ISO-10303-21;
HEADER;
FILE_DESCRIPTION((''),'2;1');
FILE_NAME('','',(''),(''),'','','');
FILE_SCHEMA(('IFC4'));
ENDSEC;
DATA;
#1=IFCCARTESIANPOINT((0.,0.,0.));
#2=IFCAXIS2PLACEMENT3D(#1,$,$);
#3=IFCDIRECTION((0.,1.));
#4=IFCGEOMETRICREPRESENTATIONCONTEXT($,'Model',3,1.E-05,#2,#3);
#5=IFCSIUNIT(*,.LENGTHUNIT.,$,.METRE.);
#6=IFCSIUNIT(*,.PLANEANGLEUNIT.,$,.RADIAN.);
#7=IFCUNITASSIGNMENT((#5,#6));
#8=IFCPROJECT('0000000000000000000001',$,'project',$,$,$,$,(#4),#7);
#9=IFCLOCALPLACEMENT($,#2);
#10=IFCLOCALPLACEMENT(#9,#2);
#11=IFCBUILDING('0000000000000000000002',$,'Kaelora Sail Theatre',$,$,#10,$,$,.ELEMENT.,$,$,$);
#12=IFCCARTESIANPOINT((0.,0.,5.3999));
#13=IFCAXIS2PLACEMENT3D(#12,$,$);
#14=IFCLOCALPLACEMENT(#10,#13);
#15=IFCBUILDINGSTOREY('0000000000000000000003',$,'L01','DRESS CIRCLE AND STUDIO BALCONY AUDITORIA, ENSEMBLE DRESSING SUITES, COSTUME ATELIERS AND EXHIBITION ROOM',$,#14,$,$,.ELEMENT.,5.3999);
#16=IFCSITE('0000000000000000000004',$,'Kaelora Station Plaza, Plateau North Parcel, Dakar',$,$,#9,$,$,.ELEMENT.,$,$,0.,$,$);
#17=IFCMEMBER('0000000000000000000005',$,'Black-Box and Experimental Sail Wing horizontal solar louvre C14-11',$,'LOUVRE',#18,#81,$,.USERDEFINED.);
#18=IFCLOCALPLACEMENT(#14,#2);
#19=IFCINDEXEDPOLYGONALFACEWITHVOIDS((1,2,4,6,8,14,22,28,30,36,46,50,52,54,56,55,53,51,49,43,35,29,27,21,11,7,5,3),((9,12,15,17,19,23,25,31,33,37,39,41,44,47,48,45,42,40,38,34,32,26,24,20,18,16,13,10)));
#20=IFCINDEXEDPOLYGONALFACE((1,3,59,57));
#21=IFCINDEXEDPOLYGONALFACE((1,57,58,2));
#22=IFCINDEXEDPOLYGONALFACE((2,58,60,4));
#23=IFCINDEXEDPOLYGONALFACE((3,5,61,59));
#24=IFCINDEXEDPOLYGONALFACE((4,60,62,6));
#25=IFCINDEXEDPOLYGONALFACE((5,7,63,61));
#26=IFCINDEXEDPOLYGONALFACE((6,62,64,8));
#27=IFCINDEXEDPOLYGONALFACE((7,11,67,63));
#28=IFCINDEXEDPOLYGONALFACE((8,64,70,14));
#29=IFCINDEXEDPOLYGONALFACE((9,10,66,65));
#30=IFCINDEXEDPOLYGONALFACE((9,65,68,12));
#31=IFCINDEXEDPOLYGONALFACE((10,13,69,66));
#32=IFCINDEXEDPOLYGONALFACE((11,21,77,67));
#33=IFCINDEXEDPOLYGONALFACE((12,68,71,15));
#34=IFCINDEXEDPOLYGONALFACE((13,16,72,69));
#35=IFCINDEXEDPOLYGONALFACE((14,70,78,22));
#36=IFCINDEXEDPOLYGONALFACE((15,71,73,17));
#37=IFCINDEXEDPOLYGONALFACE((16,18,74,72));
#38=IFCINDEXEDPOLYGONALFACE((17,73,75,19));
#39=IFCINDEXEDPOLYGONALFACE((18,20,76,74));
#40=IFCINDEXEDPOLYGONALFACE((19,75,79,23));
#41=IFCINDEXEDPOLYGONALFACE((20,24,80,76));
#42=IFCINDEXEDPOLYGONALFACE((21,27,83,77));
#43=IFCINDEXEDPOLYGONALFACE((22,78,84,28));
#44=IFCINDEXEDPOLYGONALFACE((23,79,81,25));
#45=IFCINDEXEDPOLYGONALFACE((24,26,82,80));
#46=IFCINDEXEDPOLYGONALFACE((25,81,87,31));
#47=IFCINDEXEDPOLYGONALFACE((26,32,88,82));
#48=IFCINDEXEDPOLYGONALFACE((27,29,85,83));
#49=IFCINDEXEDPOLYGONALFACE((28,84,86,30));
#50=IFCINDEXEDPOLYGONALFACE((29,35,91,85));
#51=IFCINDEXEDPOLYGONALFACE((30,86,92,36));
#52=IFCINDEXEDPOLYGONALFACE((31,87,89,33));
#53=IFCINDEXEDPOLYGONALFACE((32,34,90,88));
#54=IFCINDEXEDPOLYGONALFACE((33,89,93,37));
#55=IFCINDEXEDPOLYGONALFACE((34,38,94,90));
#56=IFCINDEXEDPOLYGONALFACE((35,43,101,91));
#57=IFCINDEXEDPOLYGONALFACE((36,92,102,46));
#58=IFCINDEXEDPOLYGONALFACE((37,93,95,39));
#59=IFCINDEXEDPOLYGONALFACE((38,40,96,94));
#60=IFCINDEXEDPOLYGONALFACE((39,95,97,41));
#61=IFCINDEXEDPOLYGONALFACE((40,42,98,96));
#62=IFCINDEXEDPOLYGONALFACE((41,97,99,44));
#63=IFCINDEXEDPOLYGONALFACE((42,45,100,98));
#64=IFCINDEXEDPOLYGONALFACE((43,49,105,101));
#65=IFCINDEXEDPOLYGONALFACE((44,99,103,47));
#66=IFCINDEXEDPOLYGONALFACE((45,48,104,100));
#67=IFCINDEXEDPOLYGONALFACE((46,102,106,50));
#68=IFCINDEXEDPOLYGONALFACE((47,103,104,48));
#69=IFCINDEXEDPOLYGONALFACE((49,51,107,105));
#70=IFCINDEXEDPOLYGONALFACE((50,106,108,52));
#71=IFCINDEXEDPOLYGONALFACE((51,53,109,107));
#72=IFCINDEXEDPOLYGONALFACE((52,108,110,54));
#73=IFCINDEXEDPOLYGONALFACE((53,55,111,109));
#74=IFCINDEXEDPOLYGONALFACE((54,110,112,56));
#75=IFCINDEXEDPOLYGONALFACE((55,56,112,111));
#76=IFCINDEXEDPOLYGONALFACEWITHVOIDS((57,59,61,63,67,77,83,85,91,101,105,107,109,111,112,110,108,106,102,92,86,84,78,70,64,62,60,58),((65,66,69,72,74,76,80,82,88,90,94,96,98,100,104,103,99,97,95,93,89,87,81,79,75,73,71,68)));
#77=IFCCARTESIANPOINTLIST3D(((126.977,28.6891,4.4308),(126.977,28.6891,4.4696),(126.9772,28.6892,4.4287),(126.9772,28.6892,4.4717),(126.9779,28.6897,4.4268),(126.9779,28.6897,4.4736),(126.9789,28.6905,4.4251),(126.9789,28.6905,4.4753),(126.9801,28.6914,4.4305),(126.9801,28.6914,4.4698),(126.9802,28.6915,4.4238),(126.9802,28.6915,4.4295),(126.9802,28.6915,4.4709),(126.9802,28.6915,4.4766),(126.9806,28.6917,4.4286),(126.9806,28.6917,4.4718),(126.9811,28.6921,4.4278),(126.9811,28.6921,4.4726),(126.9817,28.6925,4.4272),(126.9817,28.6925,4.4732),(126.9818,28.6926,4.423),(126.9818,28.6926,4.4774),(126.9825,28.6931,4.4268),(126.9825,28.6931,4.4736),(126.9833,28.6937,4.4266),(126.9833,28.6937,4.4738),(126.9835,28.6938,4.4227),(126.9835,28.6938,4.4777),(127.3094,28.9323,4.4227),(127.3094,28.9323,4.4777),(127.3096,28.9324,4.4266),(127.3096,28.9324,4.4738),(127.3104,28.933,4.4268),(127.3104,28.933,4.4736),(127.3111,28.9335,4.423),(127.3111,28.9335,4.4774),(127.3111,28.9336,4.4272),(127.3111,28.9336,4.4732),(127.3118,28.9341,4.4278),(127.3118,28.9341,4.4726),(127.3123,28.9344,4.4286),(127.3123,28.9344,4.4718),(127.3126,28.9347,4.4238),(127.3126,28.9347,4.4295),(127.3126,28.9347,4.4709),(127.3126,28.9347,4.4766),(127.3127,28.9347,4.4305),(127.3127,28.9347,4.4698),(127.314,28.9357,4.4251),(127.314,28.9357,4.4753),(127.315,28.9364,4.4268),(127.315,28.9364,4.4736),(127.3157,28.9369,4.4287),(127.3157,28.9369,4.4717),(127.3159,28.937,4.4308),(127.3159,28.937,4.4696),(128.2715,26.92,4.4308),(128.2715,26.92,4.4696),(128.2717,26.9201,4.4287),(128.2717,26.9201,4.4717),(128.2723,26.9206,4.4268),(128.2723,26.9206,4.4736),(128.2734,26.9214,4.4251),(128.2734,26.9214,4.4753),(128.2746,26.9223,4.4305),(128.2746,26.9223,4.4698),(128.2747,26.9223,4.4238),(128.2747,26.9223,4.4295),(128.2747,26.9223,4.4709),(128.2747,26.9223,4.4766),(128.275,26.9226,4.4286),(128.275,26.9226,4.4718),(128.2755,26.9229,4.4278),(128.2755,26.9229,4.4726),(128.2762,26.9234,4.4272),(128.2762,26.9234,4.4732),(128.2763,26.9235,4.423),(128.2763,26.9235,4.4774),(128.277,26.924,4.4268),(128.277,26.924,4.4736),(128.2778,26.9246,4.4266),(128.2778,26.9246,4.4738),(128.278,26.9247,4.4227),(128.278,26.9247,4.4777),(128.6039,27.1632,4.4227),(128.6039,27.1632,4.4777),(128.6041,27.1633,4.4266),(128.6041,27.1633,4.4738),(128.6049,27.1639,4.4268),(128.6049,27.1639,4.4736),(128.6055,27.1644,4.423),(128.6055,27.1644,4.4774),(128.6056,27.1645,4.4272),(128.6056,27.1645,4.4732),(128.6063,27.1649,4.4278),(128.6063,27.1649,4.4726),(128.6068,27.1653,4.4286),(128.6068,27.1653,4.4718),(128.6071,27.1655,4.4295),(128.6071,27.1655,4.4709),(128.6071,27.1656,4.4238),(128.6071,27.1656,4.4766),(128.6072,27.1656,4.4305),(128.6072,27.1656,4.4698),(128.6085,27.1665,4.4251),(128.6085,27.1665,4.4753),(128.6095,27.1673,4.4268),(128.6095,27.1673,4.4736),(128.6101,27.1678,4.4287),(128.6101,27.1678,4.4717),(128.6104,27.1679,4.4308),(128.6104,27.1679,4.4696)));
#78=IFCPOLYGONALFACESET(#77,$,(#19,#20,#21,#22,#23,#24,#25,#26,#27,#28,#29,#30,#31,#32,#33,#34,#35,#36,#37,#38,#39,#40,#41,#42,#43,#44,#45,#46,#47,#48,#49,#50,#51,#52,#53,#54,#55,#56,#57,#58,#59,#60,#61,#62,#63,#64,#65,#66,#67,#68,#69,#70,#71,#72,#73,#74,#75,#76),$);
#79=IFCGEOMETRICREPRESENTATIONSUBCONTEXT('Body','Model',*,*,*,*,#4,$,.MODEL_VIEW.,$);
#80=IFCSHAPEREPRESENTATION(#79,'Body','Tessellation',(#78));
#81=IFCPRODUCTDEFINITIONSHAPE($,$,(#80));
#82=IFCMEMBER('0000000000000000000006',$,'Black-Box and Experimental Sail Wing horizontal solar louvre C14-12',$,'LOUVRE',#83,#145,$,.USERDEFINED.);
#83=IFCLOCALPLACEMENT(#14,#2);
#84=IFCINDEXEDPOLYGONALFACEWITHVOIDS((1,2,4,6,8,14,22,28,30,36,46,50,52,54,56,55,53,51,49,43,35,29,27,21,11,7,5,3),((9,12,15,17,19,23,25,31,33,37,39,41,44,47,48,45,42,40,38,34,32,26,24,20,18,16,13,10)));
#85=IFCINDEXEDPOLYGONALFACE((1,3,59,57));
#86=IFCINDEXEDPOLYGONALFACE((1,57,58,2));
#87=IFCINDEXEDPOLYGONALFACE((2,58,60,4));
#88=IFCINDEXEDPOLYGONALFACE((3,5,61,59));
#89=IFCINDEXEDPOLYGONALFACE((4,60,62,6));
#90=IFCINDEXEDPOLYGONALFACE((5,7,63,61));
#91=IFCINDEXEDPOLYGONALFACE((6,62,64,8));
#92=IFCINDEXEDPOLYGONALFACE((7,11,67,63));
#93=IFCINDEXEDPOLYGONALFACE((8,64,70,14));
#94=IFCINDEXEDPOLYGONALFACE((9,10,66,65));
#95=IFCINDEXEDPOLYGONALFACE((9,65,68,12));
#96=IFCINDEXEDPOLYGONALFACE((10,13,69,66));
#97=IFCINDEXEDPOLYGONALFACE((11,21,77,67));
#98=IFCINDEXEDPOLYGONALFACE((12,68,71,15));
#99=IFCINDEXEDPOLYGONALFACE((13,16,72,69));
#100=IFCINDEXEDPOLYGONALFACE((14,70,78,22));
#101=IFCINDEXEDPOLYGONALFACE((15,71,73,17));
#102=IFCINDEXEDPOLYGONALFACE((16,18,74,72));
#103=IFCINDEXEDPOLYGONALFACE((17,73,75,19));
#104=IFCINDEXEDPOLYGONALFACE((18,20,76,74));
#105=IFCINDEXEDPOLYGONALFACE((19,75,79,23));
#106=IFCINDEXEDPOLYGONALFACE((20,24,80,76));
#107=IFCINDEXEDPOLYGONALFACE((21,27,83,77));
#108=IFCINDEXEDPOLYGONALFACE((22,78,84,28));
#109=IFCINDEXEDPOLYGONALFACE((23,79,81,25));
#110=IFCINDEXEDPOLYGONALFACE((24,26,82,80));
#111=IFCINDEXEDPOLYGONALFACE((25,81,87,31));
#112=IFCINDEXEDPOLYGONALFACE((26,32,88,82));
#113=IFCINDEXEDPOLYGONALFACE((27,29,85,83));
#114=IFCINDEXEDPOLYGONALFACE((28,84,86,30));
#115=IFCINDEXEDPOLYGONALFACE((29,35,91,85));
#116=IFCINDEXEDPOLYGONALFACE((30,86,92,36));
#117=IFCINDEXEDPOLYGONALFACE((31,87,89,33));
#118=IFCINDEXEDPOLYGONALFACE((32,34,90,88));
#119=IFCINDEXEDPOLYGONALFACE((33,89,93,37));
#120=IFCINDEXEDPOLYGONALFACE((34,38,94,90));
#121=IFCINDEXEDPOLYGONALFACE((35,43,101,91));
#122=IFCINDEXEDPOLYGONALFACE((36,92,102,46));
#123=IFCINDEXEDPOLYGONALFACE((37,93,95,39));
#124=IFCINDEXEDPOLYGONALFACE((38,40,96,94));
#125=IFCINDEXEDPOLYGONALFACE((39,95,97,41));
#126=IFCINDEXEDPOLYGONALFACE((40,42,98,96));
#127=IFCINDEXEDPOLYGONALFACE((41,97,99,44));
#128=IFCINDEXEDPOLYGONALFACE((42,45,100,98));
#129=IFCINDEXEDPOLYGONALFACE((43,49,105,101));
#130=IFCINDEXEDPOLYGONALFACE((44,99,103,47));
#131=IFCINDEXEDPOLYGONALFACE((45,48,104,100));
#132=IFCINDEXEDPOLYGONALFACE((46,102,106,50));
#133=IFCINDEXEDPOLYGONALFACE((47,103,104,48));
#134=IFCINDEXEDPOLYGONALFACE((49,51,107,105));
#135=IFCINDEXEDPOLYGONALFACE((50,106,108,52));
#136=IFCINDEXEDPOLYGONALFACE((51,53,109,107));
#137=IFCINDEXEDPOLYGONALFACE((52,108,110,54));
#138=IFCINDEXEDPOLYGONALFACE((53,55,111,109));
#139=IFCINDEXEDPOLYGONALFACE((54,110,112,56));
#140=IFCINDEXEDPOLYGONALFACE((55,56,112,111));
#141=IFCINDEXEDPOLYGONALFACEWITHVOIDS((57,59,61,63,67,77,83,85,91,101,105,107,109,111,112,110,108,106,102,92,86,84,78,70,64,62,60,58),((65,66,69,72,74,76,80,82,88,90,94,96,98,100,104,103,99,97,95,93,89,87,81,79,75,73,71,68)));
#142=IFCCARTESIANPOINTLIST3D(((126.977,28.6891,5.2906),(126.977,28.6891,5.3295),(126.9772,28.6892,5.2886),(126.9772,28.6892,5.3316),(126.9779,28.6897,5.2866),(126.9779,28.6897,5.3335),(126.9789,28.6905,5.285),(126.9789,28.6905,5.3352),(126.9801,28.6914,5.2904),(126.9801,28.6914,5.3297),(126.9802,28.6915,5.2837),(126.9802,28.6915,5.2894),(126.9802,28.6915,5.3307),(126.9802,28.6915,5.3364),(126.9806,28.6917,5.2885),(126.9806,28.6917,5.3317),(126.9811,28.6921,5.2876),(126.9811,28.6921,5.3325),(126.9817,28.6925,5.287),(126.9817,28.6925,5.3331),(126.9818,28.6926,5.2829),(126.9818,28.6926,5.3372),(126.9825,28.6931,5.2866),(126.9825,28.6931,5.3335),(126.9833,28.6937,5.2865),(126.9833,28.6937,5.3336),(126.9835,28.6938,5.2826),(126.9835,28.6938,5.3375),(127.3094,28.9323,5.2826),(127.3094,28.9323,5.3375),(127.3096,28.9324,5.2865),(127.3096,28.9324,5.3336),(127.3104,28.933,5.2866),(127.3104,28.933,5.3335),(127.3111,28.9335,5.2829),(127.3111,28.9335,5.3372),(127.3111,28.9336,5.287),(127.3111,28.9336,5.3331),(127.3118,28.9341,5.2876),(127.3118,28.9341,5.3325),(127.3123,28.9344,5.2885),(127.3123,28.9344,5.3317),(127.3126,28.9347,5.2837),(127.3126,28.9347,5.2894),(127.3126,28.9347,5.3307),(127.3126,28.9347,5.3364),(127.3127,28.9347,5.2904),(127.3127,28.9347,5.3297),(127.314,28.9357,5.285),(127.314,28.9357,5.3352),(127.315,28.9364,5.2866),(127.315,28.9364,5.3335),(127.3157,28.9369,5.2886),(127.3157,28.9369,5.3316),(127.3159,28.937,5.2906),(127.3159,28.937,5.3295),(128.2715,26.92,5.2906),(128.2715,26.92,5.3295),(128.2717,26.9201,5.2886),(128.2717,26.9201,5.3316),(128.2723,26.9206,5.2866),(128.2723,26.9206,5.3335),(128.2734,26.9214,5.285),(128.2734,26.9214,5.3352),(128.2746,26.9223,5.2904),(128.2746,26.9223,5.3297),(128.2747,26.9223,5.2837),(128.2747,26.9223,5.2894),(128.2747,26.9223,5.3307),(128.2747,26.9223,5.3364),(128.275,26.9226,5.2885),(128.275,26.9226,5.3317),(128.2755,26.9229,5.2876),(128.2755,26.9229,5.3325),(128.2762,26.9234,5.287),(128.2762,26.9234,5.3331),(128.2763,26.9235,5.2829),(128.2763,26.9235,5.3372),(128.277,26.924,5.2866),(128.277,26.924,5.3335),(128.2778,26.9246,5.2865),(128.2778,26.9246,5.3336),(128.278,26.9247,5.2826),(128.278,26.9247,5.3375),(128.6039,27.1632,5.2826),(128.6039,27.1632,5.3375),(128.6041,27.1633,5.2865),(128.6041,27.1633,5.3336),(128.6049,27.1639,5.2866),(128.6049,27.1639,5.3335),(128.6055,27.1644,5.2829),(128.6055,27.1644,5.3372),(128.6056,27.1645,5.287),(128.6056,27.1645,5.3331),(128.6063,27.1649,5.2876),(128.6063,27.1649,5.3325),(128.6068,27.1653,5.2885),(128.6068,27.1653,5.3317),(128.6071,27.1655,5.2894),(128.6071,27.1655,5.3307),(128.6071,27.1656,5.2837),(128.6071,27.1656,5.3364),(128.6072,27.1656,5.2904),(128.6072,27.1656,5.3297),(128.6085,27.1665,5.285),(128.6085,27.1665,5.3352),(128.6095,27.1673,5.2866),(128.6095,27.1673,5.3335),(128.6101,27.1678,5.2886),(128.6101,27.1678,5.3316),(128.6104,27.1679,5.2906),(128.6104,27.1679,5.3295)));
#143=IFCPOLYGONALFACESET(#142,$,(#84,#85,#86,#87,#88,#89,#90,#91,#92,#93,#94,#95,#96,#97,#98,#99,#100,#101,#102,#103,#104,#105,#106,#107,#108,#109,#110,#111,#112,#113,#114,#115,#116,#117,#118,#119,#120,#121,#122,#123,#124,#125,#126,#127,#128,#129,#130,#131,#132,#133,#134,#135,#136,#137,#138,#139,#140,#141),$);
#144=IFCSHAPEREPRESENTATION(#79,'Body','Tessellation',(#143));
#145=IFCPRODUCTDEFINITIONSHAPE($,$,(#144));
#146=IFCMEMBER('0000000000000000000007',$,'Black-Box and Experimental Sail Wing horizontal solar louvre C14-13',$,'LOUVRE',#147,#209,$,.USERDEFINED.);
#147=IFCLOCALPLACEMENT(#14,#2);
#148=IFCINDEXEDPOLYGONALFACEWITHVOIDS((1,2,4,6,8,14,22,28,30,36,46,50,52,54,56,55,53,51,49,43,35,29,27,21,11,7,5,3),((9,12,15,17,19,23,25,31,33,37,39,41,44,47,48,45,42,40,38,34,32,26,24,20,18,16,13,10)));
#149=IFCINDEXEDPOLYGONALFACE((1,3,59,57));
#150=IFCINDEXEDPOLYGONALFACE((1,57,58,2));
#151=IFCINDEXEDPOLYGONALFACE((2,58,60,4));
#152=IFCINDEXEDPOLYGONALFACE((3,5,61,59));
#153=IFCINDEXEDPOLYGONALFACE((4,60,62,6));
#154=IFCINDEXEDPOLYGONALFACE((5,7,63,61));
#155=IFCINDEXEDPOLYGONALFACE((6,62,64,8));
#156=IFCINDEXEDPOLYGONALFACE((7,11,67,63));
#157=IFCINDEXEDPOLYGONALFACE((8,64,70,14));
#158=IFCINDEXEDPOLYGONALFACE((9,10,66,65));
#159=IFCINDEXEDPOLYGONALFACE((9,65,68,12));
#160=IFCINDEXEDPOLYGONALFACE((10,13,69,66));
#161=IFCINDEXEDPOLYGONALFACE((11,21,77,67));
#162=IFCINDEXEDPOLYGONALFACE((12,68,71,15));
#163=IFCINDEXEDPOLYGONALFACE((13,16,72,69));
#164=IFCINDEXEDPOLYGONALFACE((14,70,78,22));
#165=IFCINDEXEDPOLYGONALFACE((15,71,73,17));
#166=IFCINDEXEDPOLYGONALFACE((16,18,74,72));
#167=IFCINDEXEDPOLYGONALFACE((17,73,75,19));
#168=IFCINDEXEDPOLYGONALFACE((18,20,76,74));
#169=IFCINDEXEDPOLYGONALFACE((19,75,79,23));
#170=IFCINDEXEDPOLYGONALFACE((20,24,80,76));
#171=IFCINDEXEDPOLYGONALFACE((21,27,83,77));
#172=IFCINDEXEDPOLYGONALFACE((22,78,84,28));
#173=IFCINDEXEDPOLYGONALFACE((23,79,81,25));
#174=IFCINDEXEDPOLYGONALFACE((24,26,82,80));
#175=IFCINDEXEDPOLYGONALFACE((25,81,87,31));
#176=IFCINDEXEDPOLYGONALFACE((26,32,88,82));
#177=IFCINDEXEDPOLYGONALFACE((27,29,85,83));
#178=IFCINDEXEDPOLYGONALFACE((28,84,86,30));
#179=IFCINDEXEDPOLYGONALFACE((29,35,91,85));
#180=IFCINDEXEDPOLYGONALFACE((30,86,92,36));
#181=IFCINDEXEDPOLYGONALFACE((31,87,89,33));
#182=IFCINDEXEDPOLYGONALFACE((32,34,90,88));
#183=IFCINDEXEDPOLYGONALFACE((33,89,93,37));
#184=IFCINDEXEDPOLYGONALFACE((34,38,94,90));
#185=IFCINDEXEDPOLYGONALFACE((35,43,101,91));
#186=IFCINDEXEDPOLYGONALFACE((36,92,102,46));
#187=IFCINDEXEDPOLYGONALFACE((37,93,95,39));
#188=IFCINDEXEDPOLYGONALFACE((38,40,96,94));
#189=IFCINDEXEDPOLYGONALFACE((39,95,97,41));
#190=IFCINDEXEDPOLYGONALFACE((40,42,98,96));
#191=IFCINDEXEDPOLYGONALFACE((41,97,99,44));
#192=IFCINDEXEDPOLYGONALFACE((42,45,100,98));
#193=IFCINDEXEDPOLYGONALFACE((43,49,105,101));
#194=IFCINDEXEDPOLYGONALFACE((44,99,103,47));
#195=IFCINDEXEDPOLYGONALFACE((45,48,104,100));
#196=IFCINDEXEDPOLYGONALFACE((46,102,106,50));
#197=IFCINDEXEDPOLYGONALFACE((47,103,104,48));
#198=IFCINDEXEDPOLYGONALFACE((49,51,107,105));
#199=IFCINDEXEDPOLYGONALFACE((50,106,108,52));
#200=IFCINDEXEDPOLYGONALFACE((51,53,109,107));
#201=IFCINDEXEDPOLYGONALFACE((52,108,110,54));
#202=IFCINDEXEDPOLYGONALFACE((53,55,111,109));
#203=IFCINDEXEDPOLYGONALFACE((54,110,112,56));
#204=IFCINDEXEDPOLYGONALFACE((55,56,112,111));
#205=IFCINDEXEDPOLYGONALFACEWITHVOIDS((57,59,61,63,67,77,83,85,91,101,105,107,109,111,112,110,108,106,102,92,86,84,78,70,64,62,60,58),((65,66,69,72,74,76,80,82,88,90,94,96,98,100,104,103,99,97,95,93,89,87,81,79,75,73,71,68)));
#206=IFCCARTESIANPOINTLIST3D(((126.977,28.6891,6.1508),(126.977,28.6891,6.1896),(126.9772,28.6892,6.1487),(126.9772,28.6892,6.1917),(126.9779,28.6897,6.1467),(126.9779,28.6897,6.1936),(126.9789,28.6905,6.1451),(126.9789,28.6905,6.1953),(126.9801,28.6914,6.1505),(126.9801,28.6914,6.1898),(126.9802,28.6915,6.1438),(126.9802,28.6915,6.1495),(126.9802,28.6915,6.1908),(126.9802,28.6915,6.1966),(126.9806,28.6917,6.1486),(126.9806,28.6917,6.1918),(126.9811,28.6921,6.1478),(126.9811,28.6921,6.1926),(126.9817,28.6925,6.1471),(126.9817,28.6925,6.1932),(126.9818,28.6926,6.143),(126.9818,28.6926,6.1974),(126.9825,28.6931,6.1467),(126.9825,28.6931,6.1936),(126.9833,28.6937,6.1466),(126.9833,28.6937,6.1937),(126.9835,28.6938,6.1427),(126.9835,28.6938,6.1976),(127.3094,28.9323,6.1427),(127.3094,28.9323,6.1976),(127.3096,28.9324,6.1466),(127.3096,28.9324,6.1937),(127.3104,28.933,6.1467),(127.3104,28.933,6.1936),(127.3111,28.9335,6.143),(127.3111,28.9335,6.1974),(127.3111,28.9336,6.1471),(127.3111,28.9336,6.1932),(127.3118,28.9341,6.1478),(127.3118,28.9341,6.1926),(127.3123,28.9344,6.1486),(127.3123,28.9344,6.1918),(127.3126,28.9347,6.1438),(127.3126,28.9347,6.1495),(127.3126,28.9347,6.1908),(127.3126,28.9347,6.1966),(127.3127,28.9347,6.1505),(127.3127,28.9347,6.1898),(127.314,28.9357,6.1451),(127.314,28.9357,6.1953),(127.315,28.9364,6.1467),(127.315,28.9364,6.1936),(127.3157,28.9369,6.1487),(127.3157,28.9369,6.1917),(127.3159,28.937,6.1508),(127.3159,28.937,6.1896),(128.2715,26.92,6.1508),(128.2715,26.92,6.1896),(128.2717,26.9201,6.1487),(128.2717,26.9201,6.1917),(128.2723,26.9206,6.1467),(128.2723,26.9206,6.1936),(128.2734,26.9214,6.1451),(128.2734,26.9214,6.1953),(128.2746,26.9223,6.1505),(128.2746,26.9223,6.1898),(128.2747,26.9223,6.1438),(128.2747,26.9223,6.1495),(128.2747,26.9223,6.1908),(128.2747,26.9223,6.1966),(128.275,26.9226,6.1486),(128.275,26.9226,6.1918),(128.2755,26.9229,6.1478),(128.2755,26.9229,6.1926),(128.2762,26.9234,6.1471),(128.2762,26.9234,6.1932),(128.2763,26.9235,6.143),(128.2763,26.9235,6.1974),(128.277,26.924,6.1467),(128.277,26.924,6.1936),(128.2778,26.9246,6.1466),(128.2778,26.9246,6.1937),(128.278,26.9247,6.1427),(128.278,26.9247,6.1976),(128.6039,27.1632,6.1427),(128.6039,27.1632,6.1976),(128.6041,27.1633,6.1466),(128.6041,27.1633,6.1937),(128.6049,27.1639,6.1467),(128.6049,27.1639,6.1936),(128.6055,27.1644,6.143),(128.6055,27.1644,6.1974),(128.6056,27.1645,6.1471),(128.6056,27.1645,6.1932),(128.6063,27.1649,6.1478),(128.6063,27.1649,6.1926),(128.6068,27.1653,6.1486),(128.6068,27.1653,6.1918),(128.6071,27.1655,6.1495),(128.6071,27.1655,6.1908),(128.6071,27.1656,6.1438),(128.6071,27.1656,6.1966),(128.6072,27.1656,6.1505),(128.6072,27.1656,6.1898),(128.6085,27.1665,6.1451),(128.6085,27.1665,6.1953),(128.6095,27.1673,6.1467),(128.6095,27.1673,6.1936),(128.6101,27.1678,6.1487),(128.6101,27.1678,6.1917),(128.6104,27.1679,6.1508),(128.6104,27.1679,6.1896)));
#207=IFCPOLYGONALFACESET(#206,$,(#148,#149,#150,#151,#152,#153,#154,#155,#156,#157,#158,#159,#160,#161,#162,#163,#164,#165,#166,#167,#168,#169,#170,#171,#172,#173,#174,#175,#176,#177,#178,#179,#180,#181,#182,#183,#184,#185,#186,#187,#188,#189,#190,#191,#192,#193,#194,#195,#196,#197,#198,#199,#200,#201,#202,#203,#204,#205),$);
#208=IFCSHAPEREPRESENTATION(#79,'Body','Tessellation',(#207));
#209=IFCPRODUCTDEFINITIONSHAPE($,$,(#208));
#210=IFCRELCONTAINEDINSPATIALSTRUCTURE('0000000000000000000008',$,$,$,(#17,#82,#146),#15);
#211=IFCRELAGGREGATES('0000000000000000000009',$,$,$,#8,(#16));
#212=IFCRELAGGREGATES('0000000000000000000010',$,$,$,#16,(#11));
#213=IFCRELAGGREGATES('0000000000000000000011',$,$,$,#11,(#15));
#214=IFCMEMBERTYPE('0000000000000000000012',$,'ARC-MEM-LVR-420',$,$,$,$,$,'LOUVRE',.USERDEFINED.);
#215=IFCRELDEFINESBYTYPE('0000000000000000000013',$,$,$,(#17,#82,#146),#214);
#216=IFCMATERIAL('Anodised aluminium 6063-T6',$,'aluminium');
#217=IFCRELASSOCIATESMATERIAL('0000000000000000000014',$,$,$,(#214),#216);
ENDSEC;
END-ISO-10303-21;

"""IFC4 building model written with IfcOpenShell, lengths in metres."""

from ifc_helpers import new_model, si_unit, direction, frame, origin, origin_2d, place, context, subcontext, project, spatial, hollow_rectangle, extrude, material, material_profile, profile_set, type_object, element, save


model = new_model("IFC4")

# Units and contexts
model_context = context("Model", 3, precision=1e-05, world=origin(), true_north=direction((0.0, 1.0)))
body_context = subcontext(model_context, "Body", "Model", "MODEL_VIEW")
ifc_project = project(units=[si_unit("LENGTHUNIT", "METRE"), si_unit("PLANEANGLEUNIT", "RADIAN")], contexts=[model_context])

# Site, building, storey
site_placement = place(None, origin())
site = spatial("IfcSite", under=ifc_project, at=site_placement, Name="Kaelora Station Plaza, Plateau North Parcel, Dakar", CompositionType="ELEMENT", RefElevation=0.0)
building_placement = place(site_placement, origin())
building = spatial("IfcBuilding", under=site, at=building_placement, Name="Kaelora Sail Theatre", CompositionType="ELEMENT")
storey_placement = place(building_placement, frame((0.0, 0.0, 5.3999)))
storey = spatial("IfcBuildingStorey", under=building, at=storey_placement, Name="L01", Description="DRESS CIRCLE AND STUDIO BALCONY AUDITORIA, ENSEMBLE DRESSING SUITES, COSTUME ATELIERS AND EXHIBITION ROOM", CompositionType="ELEMENT", Elevation=5.3999)

# Members
ifc_material = material(Name="Anodised aluminium 6063-T6", Category="aluminium")
ifc_material_profile = material_profile(ifc_material, hollow_rectangle(XDim=0.4199, YDim=0.0549, WallThickness=0.0039, InnerFilletRadius=0.0039, OuterFilletRadius=0.0081, at=origin_2d()), Name="LOUVRE 420x55x4")
ifc_profile_set = profile_set([ifc_material_profile], Name="Anodised aluminium 6063-T6")
member_type = type_object("IfcMemberType", Name="ARC-MEM-LVR-420", ElementType="LOUVRE", PredefinedType="USERDEFINED", material=ifc_profile_set)
for number, where, z_axis, x_axis, name in (
    (1, (128.4409, 27.0439, 4.4502), (-0.590514, 0.807028, 0.0), (-0.807028, -0.590514, 0.0), "Black-Box and Experimental Sail Wing horizontal solar louvre C14-11"),
    (2, (128.4409, 27.0439, 5.3101), (-0.590514, 0.807028, 0.0), (-0.807028, -0.590514, 0.0), "Black-Box and Experimental Sail Wing horizontal solar louvre C14-12"),
    (3, (128.4409, 27.0439, 6.1702), (-0.590514, 0.807028, 0.0), (-0.807028, -0.590514, 0.0), "Black-Box and Experimental Sail Wing horizontal solar louvre C14-13"),
):
    element("IfcMember", number, at=place(storey_placement, frame(where, z_axis=z_axis, x_axis=x_axis)), inside=storey, type_object=member_type, Name=name, ObjectType="LOUVRE", PredefinedType="USERDEFINED", context=body_context, shape_type="SweptSolid", body=[
        extrude(hollow_rectangle(XDim=0.4199, YDim=0.0549, WallThickness=0.0039, InnerFilletRadius=0.0039, OuterFilletRadius=0.0081, at=origin_2d()), origin(), (0.0, 0.0, 1.0), 2.1921),
    ])

save(model, "model.ifc")
